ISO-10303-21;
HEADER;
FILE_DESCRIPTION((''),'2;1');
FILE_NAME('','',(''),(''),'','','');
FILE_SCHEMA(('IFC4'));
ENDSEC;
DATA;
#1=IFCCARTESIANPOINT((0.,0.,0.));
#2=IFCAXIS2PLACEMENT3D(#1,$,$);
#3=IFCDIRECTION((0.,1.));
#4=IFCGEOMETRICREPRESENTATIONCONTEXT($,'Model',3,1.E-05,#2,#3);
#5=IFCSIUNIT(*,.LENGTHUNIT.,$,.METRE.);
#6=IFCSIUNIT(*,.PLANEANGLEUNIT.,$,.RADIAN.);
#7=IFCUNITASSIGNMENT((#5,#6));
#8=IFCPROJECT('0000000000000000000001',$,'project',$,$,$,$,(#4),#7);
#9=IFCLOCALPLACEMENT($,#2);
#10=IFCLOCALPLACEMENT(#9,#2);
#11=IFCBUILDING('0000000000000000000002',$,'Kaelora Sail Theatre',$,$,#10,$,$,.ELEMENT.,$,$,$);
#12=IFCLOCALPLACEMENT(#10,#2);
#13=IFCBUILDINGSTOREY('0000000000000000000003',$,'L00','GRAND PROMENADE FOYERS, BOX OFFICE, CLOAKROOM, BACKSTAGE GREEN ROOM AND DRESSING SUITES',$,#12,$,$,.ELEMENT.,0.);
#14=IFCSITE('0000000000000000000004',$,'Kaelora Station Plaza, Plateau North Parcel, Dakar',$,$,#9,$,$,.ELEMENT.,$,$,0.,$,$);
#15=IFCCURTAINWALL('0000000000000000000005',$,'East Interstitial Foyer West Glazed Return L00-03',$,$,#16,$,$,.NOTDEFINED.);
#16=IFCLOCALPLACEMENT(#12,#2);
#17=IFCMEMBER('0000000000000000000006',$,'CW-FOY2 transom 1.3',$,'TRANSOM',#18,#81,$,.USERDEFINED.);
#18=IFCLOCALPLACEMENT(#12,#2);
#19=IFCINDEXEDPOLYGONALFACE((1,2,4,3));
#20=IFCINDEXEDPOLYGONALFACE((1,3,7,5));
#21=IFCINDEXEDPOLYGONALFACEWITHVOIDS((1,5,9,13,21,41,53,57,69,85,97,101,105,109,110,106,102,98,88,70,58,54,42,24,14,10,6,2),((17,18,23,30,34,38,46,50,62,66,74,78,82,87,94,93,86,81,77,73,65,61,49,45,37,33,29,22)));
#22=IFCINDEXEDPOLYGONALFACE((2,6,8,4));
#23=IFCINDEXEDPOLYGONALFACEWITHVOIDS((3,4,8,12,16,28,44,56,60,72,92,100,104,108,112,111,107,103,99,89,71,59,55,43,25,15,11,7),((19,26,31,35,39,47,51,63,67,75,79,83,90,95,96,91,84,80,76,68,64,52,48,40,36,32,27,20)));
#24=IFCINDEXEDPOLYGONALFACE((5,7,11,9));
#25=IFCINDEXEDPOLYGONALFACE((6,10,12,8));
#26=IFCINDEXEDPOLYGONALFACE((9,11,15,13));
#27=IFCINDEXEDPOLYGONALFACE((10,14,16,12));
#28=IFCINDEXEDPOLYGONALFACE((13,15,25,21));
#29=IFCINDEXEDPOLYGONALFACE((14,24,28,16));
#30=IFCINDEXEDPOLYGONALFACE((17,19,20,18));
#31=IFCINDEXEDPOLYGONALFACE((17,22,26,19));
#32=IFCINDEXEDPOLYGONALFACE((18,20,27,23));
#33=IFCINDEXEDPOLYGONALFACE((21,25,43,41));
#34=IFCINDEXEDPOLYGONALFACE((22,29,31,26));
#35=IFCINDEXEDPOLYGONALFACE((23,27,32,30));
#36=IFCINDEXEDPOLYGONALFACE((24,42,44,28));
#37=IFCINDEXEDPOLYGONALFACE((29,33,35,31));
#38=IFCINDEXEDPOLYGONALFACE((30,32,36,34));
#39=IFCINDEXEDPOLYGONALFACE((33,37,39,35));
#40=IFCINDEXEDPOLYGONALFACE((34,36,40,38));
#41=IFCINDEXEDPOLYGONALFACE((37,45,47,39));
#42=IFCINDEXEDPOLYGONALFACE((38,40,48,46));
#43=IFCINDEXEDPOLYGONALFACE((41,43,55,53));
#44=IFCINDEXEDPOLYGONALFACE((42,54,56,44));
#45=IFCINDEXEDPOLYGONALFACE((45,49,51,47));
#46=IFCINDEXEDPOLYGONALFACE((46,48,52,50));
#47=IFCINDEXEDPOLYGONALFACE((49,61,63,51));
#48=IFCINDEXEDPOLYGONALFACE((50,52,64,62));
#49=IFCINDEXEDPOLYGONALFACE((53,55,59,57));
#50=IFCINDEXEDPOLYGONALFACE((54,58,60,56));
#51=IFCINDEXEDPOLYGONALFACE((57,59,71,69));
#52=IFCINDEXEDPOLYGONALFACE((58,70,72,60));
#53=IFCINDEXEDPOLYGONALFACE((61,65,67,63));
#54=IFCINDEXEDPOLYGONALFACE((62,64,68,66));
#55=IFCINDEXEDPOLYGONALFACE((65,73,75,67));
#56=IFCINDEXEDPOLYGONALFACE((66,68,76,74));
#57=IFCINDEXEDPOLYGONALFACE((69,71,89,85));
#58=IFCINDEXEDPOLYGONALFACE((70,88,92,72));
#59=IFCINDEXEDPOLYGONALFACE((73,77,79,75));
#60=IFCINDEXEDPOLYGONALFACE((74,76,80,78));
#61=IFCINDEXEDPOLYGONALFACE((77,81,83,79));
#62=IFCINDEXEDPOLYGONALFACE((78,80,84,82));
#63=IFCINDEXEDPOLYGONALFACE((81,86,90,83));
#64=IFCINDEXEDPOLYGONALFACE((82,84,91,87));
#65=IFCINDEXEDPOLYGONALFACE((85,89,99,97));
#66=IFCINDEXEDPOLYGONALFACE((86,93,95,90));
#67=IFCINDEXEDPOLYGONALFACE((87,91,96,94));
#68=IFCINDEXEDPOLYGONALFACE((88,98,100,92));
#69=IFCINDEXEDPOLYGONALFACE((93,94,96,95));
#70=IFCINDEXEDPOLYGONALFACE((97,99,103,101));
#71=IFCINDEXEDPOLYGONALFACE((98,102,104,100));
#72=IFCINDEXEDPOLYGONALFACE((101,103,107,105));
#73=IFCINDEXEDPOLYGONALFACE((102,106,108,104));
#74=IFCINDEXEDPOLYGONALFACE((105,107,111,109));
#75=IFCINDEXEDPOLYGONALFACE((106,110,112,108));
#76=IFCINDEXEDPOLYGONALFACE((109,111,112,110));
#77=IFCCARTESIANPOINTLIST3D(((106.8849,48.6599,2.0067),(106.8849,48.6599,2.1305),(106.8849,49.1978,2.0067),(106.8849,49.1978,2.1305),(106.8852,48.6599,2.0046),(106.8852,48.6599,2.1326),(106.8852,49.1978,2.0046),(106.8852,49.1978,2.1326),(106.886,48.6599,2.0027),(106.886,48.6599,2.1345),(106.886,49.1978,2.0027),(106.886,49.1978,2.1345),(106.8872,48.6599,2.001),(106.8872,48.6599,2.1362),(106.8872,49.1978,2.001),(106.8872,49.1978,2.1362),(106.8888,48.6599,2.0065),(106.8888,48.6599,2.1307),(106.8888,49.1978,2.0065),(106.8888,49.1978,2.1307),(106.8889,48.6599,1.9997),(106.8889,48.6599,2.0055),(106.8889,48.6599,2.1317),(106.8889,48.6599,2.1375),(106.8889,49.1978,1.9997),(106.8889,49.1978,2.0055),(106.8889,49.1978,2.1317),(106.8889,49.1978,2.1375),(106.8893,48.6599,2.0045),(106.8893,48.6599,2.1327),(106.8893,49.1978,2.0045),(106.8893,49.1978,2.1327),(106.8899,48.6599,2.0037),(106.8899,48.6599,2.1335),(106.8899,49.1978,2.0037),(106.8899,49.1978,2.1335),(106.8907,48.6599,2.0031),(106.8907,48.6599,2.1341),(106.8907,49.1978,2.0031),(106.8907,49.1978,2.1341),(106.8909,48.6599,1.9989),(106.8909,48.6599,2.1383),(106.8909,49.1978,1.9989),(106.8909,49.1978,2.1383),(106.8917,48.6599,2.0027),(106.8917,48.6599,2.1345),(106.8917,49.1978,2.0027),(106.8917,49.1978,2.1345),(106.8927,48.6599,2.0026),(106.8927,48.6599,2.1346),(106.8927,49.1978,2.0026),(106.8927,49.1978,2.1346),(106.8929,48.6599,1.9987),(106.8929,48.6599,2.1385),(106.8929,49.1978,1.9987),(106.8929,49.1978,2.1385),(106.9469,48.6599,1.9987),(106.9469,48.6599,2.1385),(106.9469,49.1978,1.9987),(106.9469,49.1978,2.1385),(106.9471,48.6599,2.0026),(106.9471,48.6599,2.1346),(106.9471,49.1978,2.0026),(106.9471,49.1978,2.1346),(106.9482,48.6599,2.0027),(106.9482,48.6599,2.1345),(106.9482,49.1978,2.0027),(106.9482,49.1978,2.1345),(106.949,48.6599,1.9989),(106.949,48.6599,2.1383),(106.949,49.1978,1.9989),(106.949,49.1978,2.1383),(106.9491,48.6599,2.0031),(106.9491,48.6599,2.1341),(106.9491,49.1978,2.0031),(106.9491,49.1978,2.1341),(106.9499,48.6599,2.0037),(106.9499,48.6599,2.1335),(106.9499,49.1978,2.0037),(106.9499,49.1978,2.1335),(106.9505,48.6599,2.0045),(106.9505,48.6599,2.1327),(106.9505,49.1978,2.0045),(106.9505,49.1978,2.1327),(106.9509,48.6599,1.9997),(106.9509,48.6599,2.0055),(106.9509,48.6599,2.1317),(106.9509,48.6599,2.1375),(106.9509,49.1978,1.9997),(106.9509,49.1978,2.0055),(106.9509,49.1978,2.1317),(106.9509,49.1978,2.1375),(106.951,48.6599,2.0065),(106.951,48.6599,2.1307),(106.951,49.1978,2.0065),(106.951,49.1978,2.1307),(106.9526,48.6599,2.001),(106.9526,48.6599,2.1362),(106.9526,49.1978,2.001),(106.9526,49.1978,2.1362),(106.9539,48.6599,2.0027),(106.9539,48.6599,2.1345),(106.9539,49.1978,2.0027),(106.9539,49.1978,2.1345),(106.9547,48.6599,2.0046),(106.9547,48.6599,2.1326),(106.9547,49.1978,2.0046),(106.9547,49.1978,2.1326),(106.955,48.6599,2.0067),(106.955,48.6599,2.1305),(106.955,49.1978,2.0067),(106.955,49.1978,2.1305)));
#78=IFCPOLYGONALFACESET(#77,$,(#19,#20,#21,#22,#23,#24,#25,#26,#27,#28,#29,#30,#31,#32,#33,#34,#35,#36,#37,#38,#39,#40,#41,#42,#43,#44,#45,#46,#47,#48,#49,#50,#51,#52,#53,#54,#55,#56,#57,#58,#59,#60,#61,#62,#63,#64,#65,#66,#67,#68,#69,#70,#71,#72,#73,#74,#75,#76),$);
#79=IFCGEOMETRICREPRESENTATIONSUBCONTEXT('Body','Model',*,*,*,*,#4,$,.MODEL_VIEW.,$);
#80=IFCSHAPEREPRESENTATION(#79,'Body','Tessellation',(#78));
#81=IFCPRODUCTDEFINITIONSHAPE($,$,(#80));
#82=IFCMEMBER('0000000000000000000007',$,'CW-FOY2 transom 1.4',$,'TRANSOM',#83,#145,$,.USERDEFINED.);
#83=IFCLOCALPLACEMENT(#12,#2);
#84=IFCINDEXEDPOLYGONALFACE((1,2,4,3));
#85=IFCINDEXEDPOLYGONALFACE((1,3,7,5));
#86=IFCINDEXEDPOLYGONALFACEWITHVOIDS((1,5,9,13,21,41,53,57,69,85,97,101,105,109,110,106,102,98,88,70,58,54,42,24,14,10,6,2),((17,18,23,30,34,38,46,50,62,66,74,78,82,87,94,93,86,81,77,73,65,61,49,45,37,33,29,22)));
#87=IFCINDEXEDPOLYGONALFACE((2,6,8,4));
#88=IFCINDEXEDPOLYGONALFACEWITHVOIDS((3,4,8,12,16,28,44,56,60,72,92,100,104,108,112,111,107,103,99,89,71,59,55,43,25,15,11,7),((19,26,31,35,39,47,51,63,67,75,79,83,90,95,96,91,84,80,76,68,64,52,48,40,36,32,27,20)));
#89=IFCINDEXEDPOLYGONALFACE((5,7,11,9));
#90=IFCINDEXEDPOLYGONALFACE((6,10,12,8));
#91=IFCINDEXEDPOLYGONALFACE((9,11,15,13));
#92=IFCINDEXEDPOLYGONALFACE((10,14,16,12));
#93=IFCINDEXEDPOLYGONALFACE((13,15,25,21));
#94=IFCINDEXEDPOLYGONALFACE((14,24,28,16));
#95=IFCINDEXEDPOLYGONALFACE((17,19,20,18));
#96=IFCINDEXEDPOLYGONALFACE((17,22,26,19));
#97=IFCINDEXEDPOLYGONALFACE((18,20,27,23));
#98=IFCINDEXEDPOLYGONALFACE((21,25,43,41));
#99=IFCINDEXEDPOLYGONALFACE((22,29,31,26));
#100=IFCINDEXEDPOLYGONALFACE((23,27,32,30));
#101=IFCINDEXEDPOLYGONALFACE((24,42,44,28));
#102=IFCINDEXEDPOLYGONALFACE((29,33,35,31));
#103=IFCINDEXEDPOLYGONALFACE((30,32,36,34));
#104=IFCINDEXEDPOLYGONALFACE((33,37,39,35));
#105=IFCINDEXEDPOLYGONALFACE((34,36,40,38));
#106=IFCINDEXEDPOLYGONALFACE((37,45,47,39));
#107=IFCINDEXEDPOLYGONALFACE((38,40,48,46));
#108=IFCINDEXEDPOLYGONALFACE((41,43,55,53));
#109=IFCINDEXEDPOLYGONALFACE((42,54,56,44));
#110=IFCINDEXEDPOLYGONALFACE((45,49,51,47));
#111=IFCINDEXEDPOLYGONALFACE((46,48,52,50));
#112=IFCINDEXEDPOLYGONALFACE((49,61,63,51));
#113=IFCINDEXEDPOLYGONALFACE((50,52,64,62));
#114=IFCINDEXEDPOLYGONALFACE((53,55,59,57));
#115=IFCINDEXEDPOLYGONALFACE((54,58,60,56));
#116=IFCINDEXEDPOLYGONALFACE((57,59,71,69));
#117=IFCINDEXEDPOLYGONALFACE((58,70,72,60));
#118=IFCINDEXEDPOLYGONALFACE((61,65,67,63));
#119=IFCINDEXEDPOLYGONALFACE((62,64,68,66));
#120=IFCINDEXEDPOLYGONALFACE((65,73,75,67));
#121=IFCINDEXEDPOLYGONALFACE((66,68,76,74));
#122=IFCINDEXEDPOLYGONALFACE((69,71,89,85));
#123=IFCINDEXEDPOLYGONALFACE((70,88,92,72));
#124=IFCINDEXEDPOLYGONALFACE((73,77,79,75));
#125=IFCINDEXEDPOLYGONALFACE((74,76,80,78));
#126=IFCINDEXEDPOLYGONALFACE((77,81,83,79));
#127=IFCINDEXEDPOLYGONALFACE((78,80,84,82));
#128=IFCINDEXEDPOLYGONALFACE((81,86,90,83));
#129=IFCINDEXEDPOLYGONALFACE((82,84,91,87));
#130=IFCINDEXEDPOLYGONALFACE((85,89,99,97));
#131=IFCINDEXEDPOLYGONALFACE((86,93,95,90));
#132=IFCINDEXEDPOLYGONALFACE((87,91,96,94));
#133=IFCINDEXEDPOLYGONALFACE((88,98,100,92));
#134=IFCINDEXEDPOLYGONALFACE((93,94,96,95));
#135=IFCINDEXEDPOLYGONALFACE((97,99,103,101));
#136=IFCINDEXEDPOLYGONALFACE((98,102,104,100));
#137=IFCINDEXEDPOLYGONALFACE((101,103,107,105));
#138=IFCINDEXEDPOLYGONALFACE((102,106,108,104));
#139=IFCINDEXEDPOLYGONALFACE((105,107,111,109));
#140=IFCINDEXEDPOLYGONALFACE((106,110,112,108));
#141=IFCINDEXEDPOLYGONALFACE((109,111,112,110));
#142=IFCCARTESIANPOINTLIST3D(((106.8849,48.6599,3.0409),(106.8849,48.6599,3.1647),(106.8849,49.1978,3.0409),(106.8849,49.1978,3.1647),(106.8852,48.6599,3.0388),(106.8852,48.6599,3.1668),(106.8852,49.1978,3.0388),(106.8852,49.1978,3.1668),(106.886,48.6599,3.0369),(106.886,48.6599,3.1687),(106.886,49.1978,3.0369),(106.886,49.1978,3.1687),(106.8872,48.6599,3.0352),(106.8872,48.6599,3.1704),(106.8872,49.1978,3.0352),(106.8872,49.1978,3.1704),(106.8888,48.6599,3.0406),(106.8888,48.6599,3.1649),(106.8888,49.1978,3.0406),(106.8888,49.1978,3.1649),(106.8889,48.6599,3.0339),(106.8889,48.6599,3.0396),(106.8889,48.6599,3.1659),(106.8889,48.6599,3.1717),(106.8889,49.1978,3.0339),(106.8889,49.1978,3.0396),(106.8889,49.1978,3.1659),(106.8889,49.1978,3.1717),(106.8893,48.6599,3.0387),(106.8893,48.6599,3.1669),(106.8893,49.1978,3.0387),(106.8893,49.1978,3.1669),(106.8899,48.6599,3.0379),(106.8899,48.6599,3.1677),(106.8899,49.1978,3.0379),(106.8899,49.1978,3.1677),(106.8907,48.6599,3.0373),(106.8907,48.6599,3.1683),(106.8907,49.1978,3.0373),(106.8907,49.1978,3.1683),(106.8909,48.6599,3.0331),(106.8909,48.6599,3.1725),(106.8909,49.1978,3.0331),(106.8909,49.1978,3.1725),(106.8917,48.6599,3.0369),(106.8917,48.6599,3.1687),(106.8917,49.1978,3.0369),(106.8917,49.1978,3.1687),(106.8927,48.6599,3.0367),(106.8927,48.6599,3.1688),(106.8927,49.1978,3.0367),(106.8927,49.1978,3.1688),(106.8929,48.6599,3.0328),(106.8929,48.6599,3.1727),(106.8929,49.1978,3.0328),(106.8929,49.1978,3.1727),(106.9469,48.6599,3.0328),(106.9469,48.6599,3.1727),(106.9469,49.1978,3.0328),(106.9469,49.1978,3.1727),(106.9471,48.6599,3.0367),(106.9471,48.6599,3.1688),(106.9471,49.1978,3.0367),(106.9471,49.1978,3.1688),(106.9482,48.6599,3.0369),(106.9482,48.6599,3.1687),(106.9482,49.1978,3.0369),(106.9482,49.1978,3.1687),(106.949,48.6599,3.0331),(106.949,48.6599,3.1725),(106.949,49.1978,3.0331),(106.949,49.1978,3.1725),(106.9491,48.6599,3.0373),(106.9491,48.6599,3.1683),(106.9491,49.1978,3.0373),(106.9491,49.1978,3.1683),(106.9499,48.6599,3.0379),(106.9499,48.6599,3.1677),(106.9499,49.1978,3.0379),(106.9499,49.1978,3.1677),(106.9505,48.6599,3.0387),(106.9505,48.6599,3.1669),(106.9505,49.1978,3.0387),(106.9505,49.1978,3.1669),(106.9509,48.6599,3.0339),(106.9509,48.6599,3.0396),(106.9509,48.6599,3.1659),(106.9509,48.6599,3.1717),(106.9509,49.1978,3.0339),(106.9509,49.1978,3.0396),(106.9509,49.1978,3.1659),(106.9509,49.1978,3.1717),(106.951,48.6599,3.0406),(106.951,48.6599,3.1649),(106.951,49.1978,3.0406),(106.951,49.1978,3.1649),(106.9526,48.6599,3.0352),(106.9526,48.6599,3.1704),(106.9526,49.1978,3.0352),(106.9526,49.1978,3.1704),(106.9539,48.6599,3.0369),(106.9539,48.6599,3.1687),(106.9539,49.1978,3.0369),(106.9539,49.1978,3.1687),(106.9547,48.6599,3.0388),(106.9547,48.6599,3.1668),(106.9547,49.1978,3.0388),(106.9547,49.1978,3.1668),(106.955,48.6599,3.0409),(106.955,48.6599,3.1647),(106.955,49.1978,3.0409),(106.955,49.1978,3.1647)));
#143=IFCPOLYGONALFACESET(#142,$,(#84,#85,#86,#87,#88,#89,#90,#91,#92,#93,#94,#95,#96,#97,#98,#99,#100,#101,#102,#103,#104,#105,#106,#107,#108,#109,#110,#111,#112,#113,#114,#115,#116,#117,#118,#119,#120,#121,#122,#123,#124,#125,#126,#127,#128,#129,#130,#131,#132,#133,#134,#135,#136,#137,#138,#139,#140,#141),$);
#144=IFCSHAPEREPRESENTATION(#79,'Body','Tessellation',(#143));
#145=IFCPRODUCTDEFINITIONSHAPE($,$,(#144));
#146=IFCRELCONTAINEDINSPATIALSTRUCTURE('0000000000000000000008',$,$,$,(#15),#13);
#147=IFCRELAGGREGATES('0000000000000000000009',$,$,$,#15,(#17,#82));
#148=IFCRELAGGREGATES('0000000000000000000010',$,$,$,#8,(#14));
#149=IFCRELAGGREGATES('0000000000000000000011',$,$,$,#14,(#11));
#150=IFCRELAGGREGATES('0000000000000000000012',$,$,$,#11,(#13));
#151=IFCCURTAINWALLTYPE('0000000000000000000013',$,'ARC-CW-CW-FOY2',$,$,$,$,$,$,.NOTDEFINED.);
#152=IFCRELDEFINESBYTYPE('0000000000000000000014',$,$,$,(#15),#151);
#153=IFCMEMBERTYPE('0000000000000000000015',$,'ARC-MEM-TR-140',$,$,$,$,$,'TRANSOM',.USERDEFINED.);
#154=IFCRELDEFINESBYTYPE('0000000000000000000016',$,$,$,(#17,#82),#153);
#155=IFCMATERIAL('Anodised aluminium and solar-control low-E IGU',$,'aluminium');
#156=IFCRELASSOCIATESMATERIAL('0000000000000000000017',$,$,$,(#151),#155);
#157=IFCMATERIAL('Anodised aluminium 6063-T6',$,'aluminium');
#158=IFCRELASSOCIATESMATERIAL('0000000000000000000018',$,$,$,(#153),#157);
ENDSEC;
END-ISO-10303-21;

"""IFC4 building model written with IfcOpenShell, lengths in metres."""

from ifc_helpers import new_model, si_unit, direction, frame, origin, origin_2d, place, context, subcontext, project, spatial, hollow_rectangle, extrude, material, material_profile, profile_set, type_object, element, aggregate, save


model = new_model("IFC4")

# Units and contexts
model_context = context("Model", 3, precision=1e-05, world=origin(), true_north=direction((0.0, 1.0)))
body_context = subcontext(model_context, "Body", "Model", "MODEL_VIEW")
ifc_project = project(units=[si_unit("LENGTHUNIT", "METRE"), si_unit("PLANEANGLEUNIT", "RADIAN")], contexts=[model_context])

# Site, building, storey
site_placement = place(None, origin())
site = spatial("IfcSite", under=ifc_project, at=site_placement, Name="Kaelora Station Plaza, Plateau North Parcel, Dakar", CompositionType="ELEMENT", RefElevation=0.0)
building_placement = place(site_placement, origin())
building = spatial("IfcBuilding", under=site, at=building_placement, Name="Kaelora Sail Theatre", CompositionType="ELEMENT")
storey_placement = place(building_placement, origin())
storey = spatial("IfcBuildingStorey", under=building, at=storey_placement, Name="L00", Description="GRAND PROMENADE FOYERS, BOX OFFICE, CLOAKROOM, BACKSTAGE GREEN ROOM AND DRESSING SUITES", CompositionType="ELEMENT", Elevation=0.0)

# Curtain wall, members
ifc_material_1 = material(Name="Anodised aluminium and solar-control low-E IGU", Category="aluminium")
curtain_wall_type = type_object("IfcCurtainWallType", Name="ARC-CW-CW-FOY2", PredefinedType="NOTDEFINED", material=ifc_material_1)
curtain_wall_1_placement = place(storey_placement, origin())
curtain_wall_1 = element("IfcCurtainWall", 1, at=curtain_wall_1_placement, inside=storey, type_object=curtain_wall_type, Name="East Interstitial Foyer West Glazed Return L00-03", PredefinedType="NOTDEFINED")
ifc_material_2 = material(Name="Anodised aluminium 6063-T6", Category="aluminium")
ifc_material_profile = material_profile(ifc_material_2, hollow_rectangle(XDim=0.0701, YDim=0.1399, WallThickness=0.0039, InnerFilletRadius=0.0039, OuterFilletRadius=0.0081, at=origin_2d()), Name="ALU-TRAN 70x140x4")
ifc_profile_set = profile_set([ifc_material_profile], Name="Anodised aluminium 6063-T6")
member_type = type_object("IfcMemberType", Name="ARC-MEM-TR-140", ElementType="TRANSOM", PredefinedType="USERDEFINED", material=ifc_profile_set)
member_1_placement = place(storey_placement, frame((106.9199, 48.6599, 2.0686), z_axis=(0.0, 1.0, 0.0), x_axis=(-1.0, 0.0, 0.0)))
member_1 = element("IfcMember", 2, at=member_1_placement, type_object=member_type, Name="CW-FOY2 transom 1.3", ObjectType="TRANSOM", PredefinedType="USERDEFINED", context=body_context, shape_type="SweptSolid", body=[
    extrude(hollow_rectangle(XDim=0.0701, YDim=0.1399, WallThickness=0.0039, InnerFilletRadius=0.0039, OuterFilletRadius=0.0081, at=origin_2d()), origin(), (0.0, 0.0, 1.0), 0.5378),
])
member_2_placement = place(storey_placement, frame((106.9199, 48.6599, 3.1028), z_axis=(0.0, 1.0, 0.0), x_axis=(-1.0, 0.0, 0.0)))
member_2 = element("IfcMember", 3, at=member_2_placement, type_object=member_type, Name="CW-FOY2 transom 1.4", ObjectType="TRANSOM", PredefinedType="USERDEFINED", context=body_context, shape_type="SweptSolid", body=[
    extrude(hollow_rectangle(XDim=0.0701, YDim=0.1399, WallThickness=0.0039, InnerFilletRadius=0.0039, OuterFilletRadius=0.0081, at=origin_2d()), origin(), (0.0, 0.0, 1.0), 0.5378),
])

aggregate(curtain_wall_1, [member_1, member_2])

save(model, "model.ifc")
